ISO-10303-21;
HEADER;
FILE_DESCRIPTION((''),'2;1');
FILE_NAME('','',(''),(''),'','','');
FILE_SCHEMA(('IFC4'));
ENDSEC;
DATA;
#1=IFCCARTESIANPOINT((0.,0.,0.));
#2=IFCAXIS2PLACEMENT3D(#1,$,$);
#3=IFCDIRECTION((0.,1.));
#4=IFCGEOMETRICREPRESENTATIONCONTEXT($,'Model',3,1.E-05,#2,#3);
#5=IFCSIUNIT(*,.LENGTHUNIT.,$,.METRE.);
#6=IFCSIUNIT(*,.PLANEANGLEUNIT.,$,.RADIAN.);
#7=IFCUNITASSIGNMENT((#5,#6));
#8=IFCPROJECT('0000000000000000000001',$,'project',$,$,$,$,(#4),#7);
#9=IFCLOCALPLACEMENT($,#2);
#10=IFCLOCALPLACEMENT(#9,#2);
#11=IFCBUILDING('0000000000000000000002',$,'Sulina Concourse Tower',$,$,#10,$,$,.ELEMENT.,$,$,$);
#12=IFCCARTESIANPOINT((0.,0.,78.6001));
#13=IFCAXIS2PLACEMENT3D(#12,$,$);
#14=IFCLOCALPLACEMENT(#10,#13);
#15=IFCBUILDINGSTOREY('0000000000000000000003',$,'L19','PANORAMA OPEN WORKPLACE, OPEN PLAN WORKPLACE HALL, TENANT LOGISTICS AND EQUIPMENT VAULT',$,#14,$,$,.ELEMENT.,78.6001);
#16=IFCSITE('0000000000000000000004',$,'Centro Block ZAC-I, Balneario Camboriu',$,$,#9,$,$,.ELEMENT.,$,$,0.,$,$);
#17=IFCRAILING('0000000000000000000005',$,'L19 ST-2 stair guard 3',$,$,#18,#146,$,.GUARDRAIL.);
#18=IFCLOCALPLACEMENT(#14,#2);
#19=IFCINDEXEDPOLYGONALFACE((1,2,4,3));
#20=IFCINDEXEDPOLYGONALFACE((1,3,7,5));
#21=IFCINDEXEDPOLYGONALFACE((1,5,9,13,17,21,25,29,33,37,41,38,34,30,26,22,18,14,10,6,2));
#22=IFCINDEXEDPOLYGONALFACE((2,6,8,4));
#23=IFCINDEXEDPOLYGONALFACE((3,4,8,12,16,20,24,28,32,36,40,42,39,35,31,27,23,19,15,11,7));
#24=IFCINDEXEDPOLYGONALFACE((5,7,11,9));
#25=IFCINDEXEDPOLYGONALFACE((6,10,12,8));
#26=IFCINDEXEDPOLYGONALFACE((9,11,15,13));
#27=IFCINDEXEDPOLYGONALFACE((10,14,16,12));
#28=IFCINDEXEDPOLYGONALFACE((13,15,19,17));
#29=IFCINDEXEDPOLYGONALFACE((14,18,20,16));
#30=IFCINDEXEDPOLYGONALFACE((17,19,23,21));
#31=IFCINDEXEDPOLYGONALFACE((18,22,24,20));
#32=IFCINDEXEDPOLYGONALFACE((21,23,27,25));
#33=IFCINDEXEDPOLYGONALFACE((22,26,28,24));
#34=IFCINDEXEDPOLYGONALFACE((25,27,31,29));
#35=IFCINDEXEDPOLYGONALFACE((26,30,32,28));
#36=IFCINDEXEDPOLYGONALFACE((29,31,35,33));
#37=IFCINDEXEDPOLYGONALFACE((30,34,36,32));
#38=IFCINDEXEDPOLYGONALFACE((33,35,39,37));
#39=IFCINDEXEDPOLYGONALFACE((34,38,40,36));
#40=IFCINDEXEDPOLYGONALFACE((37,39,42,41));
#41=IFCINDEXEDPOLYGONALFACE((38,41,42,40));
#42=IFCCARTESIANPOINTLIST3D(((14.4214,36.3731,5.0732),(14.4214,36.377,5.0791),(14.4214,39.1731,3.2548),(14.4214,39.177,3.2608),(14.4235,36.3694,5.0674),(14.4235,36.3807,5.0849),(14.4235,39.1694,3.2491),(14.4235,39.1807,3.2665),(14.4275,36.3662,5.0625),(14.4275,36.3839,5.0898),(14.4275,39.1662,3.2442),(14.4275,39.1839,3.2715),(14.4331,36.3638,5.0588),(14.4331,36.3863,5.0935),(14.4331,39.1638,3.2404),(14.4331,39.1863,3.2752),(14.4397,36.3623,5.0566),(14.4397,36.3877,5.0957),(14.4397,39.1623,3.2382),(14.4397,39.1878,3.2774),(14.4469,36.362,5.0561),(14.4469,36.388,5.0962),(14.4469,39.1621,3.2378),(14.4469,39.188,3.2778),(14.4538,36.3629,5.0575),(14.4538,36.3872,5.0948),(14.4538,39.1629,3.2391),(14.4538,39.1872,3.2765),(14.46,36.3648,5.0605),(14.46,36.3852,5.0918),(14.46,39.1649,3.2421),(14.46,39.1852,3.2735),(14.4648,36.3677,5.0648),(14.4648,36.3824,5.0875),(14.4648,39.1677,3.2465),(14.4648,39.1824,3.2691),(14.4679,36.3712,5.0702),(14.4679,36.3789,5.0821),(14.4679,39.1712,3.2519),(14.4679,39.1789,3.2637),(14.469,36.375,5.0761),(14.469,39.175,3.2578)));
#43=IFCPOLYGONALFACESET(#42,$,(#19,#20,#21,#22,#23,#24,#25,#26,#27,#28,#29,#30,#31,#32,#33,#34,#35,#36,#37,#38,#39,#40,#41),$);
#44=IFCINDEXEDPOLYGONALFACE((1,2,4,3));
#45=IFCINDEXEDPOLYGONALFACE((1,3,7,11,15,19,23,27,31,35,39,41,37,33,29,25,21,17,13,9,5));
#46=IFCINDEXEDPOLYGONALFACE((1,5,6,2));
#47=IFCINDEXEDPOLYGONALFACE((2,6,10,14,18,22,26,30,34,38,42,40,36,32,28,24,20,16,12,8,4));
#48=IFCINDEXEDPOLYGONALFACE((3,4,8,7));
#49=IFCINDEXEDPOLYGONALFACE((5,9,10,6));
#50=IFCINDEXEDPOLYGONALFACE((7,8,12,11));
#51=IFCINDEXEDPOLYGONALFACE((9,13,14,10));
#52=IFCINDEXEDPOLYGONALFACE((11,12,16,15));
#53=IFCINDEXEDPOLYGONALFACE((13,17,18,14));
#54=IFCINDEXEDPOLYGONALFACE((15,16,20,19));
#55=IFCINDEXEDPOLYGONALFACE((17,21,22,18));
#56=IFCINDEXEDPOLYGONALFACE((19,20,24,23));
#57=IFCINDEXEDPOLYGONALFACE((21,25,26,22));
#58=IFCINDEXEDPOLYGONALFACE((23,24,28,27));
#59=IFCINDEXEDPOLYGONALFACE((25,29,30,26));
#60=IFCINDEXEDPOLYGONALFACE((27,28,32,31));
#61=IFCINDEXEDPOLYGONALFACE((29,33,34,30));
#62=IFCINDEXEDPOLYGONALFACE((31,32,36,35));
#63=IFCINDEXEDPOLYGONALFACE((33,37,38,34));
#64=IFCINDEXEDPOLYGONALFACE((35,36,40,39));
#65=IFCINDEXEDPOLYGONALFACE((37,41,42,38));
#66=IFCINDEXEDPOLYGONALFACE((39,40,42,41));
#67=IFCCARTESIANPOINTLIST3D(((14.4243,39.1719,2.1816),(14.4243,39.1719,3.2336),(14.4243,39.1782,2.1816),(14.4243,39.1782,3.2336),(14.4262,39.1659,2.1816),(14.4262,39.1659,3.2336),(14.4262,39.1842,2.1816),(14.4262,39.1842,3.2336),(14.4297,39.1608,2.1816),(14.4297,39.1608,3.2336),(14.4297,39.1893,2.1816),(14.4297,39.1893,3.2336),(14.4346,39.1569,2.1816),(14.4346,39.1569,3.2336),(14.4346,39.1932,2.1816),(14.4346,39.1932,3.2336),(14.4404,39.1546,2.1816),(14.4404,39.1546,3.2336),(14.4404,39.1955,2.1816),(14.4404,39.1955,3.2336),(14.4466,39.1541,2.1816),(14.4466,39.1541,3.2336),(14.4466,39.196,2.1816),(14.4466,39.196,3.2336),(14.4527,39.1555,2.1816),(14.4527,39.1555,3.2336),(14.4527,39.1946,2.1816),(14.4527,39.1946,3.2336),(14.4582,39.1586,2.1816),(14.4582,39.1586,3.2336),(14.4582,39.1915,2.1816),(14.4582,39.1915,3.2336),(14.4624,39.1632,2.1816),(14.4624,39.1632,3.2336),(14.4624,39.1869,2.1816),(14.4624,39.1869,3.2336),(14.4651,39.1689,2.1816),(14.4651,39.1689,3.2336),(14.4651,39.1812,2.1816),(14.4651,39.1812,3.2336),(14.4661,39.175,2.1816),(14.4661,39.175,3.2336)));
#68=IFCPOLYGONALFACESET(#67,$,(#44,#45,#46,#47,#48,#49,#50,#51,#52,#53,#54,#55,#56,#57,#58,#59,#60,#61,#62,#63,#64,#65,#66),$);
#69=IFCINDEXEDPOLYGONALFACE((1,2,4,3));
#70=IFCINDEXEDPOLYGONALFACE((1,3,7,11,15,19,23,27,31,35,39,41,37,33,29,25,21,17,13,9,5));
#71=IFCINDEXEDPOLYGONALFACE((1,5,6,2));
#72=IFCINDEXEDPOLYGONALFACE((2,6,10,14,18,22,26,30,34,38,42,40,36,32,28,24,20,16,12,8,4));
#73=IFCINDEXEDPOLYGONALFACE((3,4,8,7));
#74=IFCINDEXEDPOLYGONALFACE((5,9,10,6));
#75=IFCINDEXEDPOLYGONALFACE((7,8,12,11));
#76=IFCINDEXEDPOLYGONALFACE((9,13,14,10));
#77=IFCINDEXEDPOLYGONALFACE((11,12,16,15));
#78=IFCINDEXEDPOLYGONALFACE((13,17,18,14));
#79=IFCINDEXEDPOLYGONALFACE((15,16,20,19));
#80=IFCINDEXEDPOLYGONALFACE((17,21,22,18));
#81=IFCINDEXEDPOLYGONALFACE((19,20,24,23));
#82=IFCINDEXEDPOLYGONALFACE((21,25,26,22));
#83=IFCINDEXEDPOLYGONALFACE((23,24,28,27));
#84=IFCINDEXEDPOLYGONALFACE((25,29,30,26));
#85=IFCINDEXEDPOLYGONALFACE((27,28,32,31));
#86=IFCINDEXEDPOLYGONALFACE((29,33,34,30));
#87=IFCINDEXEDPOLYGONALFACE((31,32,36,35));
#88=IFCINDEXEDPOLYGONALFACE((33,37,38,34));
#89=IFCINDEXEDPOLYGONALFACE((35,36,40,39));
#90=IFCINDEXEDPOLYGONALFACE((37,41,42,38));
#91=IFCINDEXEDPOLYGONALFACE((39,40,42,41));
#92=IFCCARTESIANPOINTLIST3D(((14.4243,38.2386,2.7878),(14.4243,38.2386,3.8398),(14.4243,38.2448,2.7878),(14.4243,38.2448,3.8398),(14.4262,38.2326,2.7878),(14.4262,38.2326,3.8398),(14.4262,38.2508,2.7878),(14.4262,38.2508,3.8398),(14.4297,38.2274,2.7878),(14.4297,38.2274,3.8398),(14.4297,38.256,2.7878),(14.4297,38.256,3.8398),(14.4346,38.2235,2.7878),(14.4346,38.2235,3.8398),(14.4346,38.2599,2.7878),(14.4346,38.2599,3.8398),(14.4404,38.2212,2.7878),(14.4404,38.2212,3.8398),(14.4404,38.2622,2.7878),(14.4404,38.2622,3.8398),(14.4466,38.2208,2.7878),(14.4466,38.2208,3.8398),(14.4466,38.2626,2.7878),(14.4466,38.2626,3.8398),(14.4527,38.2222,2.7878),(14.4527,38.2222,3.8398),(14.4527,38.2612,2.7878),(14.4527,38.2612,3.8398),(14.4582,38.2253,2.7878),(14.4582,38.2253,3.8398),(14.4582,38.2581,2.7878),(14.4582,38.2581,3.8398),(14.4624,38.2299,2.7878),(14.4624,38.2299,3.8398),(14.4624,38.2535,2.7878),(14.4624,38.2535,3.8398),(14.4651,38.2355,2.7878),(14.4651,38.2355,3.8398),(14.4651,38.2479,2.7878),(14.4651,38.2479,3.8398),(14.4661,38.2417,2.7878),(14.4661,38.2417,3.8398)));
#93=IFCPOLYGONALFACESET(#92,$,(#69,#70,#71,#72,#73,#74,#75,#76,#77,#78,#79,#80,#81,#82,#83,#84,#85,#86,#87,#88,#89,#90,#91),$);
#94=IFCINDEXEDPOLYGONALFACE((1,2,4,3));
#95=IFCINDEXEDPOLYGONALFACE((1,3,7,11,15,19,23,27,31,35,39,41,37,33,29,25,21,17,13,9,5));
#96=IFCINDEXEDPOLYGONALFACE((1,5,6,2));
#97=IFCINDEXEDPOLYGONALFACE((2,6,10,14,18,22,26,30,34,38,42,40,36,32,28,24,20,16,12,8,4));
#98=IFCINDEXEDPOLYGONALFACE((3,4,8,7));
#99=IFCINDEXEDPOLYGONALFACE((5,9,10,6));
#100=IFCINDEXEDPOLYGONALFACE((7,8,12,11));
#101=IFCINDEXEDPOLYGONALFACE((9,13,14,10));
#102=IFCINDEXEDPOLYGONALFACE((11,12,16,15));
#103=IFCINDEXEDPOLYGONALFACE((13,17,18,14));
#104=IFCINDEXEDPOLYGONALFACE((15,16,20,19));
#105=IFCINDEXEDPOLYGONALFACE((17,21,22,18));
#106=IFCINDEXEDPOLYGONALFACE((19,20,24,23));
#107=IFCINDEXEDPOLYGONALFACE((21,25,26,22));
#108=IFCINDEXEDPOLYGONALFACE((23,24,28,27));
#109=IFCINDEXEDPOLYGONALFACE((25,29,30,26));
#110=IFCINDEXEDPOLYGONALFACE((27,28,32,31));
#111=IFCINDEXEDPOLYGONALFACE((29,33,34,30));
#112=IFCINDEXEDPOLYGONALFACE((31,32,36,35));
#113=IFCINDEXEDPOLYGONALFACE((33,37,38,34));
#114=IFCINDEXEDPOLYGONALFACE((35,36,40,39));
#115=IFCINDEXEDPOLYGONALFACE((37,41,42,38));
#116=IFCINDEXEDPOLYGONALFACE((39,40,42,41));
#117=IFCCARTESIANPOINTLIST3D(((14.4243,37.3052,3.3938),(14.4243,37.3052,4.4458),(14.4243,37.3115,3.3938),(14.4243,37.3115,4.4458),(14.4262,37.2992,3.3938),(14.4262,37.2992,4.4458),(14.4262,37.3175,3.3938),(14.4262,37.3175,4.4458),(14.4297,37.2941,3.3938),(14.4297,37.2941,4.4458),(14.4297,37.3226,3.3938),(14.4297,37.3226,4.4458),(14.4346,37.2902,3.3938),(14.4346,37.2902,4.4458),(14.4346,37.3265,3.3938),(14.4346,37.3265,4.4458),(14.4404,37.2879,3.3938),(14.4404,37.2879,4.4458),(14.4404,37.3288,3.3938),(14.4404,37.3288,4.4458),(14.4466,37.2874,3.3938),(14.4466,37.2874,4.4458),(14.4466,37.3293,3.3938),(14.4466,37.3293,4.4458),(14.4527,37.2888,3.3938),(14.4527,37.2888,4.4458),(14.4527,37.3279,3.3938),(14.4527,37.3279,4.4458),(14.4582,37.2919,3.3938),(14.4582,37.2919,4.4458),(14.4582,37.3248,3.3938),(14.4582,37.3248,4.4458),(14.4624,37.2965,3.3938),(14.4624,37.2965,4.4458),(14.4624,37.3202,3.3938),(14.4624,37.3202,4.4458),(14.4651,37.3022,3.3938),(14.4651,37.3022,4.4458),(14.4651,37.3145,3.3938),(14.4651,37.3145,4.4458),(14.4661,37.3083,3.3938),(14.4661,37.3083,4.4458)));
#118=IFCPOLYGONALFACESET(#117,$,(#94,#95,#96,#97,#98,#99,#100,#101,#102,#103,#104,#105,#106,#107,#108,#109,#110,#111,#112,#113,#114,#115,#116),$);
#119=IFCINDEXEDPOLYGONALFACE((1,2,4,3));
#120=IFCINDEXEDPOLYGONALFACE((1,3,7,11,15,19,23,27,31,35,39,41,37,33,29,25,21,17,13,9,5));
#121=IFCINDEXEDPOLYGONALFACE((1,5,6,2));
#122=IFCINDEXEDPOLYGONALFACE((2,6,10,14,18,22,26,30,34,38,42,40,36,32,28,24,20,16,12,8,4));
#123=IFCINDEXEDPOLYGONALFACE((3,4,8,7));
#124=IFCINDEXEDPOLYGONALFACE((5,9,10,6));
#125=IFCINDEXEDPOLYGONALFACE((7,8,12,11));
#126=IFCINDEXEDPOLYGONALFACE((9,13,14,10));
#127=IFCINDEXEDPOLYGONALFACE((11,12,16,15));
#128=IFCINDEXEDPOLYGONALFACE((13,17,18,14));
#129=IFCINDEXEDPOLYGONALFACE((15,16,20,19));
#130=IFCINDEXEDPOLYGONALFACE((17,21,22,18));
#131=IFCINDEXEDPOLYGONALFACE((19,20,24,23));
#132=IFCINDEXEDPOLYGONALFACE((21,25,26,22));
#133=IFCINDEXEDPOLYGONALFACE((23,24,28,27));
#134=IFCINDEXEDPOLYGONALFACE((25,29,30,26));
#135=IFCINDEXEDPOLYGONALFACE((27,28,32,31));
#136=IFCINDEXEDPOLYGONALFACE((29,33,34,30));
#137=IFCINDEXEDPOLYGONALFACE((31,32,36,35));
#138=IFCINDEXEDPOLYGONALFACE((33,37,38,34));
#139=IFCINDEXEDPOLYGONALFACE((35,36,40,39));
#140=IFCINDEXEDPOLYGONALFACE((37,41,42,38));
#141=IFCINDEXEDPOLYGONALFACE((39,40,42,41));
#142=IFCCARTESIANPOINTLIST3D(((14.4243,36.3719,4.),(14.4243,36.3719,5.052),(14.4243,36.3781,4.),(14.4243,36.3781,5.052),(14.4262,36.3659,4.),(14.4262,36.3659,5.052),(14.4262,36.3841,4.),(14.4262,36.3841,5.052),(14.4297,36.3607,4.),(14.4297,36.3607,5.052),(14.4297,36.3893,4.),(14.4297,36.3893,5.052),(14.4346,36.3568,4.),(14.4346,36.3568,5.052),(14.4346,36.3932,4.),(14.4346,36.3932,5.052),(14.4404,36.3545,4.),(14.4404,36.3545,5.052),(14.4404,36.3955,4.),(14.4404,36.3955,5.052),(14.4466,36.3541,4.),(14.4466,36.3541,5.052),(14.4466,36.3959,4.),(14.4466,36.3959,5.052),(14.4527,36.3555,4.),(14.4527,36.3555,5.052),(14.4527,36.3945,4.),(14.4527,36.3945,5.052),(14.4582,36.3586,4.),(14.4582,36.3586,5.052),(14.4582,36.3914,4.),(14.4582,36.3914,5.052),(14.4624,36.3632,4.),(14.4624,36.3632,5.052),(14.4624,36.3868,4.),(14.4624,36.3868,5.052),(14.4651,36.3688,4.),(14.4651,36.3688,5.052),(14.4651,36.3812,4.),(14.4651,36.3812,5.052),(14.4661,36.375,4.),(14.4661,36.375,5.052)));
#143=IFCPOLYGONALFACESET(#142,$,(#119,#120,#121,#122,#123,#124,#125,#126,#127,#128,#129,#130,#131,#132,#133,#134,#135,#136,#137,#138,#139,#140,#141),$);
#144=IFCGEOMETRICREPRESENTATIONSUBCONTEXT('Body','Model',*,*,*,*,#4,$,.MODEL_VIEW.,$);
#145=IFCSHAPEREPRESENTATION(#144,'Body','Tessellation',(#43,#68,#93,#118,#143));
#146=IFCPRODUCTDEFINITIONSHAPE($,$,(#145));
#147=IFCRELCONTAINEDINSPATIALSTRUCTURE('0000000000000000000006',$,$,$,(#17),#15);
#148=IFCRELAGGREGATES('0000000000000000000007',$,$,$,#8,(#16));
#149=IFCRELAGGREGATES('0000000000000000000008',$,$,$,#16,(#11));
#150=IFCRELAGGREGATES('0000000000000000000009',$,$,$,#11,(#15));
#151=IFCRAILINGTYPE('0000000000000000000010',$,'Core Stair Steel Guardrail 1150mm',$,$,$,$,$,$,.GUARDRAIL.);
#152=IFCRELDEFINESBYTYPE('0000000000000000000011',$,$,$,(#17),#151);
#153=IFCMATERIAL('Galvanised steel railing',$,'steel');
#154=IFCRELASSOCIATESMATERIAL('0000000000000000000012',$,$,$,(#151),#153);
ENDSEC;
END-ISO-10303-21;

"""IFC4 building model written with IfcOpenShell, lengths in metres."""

from ifc_helpers import new_model, si_unit, direction, frame, origin, origin_2d, place, context, subcontext, project, spatial, circle, extrude, material, type_object, element, save


model = new_model("IFC4")

# Units and contexts
model_context = context("Model", 3, precision=1e-05, world=origin(), true_north=direction((0.0, 1.0)))
body_context = subcontext(model_context, "Body", "Model", "MODEL_VIEW")
ifc_project = project(units=[si_unit("LENGTHUNIT", "METRE"), si_unit("PLANEANGLEUNIT", "RADIAN")], contexts=[model_context])

# Site, building, storey
site_placement = place(None, origin())
site = spatial("IfcSite", under=ifc_project, at=site_placement, Name="Centro Block ZAC-I, Balneario Camboriu", CompositionType="ELEMENT", RefElevation=0.0)
building_placement = place(site_placement, origin())
building = spatial("IfcBuilding", under=site, at=building_placement, Name="Sulina Concourse Tower", CompositionType="ELEMENT")
storey_placement = place(building_placement, frame((0.0, 0.0, 78.6001)))
storey = spatial("IfcBuildingStorey", under=building, at=storey_placement, Name="L19", Description="PANORAMA OPEN WORKPLACE, OPEN PLAN WORKPLACE HALL, TENANT LOGISTICS AND EQUIPMENT VAULT", CompositionType="ELEMENT", Elevation=78.6001)

# Railing
ifc_material_1 = material(Name="Galvanised steel railing", Category="steel")
railing_type_1 = type_object("IfcRailingType", Name="Core Stair Steel Guardrail 1150mm", PredefinedType="GUARDRAIL", material=ifc_material_1)
railing_1_placement = place(storey_placement, frame((14.4451, 39.175, 2.1816)))
element("IfcRailing", 1, at=railing_1_placement, inside=storey, type_object=railing_type_1, Name="L19 ST-2 stair guard 3", PredefinedType="GUARDRAIL", context=body_context, shape_type="SweptSolid", body=[
    extrude(circle(Radius=0.0239, at=origin_2d()), frame((0.0, 0.0, 1.0762), z_axis=(0.0, -0.838672, 0.544636), x_axis=(1.0, 0.0, 0.0)), (0.0, 0.0, 1.0), 3.3386),
    extrude(circle(Radius=0.021, at=origin_2d()), origin(), (0.0, 0.0, 1.0), 1.052),
    extrude(circle(Radius=0.021, at=origin_2d()), frame((0.0, -0.9333, 0.6062)), (0.0, 0.0, 1.0), 1.052),
    extrude(circle(Radius=0.021, at=origin_2d()), frame((0.0, -1.8667, 1.2122)), (0.0, 0.0, 1.0), 1.052),
    extrude(circle(Radius=0.021, at=origin_2d()), frame((0.0, -2.8, 1.8184)), (0.0, 0.0, 1.0), 1.052),
])

save(model, "model.ifc")
